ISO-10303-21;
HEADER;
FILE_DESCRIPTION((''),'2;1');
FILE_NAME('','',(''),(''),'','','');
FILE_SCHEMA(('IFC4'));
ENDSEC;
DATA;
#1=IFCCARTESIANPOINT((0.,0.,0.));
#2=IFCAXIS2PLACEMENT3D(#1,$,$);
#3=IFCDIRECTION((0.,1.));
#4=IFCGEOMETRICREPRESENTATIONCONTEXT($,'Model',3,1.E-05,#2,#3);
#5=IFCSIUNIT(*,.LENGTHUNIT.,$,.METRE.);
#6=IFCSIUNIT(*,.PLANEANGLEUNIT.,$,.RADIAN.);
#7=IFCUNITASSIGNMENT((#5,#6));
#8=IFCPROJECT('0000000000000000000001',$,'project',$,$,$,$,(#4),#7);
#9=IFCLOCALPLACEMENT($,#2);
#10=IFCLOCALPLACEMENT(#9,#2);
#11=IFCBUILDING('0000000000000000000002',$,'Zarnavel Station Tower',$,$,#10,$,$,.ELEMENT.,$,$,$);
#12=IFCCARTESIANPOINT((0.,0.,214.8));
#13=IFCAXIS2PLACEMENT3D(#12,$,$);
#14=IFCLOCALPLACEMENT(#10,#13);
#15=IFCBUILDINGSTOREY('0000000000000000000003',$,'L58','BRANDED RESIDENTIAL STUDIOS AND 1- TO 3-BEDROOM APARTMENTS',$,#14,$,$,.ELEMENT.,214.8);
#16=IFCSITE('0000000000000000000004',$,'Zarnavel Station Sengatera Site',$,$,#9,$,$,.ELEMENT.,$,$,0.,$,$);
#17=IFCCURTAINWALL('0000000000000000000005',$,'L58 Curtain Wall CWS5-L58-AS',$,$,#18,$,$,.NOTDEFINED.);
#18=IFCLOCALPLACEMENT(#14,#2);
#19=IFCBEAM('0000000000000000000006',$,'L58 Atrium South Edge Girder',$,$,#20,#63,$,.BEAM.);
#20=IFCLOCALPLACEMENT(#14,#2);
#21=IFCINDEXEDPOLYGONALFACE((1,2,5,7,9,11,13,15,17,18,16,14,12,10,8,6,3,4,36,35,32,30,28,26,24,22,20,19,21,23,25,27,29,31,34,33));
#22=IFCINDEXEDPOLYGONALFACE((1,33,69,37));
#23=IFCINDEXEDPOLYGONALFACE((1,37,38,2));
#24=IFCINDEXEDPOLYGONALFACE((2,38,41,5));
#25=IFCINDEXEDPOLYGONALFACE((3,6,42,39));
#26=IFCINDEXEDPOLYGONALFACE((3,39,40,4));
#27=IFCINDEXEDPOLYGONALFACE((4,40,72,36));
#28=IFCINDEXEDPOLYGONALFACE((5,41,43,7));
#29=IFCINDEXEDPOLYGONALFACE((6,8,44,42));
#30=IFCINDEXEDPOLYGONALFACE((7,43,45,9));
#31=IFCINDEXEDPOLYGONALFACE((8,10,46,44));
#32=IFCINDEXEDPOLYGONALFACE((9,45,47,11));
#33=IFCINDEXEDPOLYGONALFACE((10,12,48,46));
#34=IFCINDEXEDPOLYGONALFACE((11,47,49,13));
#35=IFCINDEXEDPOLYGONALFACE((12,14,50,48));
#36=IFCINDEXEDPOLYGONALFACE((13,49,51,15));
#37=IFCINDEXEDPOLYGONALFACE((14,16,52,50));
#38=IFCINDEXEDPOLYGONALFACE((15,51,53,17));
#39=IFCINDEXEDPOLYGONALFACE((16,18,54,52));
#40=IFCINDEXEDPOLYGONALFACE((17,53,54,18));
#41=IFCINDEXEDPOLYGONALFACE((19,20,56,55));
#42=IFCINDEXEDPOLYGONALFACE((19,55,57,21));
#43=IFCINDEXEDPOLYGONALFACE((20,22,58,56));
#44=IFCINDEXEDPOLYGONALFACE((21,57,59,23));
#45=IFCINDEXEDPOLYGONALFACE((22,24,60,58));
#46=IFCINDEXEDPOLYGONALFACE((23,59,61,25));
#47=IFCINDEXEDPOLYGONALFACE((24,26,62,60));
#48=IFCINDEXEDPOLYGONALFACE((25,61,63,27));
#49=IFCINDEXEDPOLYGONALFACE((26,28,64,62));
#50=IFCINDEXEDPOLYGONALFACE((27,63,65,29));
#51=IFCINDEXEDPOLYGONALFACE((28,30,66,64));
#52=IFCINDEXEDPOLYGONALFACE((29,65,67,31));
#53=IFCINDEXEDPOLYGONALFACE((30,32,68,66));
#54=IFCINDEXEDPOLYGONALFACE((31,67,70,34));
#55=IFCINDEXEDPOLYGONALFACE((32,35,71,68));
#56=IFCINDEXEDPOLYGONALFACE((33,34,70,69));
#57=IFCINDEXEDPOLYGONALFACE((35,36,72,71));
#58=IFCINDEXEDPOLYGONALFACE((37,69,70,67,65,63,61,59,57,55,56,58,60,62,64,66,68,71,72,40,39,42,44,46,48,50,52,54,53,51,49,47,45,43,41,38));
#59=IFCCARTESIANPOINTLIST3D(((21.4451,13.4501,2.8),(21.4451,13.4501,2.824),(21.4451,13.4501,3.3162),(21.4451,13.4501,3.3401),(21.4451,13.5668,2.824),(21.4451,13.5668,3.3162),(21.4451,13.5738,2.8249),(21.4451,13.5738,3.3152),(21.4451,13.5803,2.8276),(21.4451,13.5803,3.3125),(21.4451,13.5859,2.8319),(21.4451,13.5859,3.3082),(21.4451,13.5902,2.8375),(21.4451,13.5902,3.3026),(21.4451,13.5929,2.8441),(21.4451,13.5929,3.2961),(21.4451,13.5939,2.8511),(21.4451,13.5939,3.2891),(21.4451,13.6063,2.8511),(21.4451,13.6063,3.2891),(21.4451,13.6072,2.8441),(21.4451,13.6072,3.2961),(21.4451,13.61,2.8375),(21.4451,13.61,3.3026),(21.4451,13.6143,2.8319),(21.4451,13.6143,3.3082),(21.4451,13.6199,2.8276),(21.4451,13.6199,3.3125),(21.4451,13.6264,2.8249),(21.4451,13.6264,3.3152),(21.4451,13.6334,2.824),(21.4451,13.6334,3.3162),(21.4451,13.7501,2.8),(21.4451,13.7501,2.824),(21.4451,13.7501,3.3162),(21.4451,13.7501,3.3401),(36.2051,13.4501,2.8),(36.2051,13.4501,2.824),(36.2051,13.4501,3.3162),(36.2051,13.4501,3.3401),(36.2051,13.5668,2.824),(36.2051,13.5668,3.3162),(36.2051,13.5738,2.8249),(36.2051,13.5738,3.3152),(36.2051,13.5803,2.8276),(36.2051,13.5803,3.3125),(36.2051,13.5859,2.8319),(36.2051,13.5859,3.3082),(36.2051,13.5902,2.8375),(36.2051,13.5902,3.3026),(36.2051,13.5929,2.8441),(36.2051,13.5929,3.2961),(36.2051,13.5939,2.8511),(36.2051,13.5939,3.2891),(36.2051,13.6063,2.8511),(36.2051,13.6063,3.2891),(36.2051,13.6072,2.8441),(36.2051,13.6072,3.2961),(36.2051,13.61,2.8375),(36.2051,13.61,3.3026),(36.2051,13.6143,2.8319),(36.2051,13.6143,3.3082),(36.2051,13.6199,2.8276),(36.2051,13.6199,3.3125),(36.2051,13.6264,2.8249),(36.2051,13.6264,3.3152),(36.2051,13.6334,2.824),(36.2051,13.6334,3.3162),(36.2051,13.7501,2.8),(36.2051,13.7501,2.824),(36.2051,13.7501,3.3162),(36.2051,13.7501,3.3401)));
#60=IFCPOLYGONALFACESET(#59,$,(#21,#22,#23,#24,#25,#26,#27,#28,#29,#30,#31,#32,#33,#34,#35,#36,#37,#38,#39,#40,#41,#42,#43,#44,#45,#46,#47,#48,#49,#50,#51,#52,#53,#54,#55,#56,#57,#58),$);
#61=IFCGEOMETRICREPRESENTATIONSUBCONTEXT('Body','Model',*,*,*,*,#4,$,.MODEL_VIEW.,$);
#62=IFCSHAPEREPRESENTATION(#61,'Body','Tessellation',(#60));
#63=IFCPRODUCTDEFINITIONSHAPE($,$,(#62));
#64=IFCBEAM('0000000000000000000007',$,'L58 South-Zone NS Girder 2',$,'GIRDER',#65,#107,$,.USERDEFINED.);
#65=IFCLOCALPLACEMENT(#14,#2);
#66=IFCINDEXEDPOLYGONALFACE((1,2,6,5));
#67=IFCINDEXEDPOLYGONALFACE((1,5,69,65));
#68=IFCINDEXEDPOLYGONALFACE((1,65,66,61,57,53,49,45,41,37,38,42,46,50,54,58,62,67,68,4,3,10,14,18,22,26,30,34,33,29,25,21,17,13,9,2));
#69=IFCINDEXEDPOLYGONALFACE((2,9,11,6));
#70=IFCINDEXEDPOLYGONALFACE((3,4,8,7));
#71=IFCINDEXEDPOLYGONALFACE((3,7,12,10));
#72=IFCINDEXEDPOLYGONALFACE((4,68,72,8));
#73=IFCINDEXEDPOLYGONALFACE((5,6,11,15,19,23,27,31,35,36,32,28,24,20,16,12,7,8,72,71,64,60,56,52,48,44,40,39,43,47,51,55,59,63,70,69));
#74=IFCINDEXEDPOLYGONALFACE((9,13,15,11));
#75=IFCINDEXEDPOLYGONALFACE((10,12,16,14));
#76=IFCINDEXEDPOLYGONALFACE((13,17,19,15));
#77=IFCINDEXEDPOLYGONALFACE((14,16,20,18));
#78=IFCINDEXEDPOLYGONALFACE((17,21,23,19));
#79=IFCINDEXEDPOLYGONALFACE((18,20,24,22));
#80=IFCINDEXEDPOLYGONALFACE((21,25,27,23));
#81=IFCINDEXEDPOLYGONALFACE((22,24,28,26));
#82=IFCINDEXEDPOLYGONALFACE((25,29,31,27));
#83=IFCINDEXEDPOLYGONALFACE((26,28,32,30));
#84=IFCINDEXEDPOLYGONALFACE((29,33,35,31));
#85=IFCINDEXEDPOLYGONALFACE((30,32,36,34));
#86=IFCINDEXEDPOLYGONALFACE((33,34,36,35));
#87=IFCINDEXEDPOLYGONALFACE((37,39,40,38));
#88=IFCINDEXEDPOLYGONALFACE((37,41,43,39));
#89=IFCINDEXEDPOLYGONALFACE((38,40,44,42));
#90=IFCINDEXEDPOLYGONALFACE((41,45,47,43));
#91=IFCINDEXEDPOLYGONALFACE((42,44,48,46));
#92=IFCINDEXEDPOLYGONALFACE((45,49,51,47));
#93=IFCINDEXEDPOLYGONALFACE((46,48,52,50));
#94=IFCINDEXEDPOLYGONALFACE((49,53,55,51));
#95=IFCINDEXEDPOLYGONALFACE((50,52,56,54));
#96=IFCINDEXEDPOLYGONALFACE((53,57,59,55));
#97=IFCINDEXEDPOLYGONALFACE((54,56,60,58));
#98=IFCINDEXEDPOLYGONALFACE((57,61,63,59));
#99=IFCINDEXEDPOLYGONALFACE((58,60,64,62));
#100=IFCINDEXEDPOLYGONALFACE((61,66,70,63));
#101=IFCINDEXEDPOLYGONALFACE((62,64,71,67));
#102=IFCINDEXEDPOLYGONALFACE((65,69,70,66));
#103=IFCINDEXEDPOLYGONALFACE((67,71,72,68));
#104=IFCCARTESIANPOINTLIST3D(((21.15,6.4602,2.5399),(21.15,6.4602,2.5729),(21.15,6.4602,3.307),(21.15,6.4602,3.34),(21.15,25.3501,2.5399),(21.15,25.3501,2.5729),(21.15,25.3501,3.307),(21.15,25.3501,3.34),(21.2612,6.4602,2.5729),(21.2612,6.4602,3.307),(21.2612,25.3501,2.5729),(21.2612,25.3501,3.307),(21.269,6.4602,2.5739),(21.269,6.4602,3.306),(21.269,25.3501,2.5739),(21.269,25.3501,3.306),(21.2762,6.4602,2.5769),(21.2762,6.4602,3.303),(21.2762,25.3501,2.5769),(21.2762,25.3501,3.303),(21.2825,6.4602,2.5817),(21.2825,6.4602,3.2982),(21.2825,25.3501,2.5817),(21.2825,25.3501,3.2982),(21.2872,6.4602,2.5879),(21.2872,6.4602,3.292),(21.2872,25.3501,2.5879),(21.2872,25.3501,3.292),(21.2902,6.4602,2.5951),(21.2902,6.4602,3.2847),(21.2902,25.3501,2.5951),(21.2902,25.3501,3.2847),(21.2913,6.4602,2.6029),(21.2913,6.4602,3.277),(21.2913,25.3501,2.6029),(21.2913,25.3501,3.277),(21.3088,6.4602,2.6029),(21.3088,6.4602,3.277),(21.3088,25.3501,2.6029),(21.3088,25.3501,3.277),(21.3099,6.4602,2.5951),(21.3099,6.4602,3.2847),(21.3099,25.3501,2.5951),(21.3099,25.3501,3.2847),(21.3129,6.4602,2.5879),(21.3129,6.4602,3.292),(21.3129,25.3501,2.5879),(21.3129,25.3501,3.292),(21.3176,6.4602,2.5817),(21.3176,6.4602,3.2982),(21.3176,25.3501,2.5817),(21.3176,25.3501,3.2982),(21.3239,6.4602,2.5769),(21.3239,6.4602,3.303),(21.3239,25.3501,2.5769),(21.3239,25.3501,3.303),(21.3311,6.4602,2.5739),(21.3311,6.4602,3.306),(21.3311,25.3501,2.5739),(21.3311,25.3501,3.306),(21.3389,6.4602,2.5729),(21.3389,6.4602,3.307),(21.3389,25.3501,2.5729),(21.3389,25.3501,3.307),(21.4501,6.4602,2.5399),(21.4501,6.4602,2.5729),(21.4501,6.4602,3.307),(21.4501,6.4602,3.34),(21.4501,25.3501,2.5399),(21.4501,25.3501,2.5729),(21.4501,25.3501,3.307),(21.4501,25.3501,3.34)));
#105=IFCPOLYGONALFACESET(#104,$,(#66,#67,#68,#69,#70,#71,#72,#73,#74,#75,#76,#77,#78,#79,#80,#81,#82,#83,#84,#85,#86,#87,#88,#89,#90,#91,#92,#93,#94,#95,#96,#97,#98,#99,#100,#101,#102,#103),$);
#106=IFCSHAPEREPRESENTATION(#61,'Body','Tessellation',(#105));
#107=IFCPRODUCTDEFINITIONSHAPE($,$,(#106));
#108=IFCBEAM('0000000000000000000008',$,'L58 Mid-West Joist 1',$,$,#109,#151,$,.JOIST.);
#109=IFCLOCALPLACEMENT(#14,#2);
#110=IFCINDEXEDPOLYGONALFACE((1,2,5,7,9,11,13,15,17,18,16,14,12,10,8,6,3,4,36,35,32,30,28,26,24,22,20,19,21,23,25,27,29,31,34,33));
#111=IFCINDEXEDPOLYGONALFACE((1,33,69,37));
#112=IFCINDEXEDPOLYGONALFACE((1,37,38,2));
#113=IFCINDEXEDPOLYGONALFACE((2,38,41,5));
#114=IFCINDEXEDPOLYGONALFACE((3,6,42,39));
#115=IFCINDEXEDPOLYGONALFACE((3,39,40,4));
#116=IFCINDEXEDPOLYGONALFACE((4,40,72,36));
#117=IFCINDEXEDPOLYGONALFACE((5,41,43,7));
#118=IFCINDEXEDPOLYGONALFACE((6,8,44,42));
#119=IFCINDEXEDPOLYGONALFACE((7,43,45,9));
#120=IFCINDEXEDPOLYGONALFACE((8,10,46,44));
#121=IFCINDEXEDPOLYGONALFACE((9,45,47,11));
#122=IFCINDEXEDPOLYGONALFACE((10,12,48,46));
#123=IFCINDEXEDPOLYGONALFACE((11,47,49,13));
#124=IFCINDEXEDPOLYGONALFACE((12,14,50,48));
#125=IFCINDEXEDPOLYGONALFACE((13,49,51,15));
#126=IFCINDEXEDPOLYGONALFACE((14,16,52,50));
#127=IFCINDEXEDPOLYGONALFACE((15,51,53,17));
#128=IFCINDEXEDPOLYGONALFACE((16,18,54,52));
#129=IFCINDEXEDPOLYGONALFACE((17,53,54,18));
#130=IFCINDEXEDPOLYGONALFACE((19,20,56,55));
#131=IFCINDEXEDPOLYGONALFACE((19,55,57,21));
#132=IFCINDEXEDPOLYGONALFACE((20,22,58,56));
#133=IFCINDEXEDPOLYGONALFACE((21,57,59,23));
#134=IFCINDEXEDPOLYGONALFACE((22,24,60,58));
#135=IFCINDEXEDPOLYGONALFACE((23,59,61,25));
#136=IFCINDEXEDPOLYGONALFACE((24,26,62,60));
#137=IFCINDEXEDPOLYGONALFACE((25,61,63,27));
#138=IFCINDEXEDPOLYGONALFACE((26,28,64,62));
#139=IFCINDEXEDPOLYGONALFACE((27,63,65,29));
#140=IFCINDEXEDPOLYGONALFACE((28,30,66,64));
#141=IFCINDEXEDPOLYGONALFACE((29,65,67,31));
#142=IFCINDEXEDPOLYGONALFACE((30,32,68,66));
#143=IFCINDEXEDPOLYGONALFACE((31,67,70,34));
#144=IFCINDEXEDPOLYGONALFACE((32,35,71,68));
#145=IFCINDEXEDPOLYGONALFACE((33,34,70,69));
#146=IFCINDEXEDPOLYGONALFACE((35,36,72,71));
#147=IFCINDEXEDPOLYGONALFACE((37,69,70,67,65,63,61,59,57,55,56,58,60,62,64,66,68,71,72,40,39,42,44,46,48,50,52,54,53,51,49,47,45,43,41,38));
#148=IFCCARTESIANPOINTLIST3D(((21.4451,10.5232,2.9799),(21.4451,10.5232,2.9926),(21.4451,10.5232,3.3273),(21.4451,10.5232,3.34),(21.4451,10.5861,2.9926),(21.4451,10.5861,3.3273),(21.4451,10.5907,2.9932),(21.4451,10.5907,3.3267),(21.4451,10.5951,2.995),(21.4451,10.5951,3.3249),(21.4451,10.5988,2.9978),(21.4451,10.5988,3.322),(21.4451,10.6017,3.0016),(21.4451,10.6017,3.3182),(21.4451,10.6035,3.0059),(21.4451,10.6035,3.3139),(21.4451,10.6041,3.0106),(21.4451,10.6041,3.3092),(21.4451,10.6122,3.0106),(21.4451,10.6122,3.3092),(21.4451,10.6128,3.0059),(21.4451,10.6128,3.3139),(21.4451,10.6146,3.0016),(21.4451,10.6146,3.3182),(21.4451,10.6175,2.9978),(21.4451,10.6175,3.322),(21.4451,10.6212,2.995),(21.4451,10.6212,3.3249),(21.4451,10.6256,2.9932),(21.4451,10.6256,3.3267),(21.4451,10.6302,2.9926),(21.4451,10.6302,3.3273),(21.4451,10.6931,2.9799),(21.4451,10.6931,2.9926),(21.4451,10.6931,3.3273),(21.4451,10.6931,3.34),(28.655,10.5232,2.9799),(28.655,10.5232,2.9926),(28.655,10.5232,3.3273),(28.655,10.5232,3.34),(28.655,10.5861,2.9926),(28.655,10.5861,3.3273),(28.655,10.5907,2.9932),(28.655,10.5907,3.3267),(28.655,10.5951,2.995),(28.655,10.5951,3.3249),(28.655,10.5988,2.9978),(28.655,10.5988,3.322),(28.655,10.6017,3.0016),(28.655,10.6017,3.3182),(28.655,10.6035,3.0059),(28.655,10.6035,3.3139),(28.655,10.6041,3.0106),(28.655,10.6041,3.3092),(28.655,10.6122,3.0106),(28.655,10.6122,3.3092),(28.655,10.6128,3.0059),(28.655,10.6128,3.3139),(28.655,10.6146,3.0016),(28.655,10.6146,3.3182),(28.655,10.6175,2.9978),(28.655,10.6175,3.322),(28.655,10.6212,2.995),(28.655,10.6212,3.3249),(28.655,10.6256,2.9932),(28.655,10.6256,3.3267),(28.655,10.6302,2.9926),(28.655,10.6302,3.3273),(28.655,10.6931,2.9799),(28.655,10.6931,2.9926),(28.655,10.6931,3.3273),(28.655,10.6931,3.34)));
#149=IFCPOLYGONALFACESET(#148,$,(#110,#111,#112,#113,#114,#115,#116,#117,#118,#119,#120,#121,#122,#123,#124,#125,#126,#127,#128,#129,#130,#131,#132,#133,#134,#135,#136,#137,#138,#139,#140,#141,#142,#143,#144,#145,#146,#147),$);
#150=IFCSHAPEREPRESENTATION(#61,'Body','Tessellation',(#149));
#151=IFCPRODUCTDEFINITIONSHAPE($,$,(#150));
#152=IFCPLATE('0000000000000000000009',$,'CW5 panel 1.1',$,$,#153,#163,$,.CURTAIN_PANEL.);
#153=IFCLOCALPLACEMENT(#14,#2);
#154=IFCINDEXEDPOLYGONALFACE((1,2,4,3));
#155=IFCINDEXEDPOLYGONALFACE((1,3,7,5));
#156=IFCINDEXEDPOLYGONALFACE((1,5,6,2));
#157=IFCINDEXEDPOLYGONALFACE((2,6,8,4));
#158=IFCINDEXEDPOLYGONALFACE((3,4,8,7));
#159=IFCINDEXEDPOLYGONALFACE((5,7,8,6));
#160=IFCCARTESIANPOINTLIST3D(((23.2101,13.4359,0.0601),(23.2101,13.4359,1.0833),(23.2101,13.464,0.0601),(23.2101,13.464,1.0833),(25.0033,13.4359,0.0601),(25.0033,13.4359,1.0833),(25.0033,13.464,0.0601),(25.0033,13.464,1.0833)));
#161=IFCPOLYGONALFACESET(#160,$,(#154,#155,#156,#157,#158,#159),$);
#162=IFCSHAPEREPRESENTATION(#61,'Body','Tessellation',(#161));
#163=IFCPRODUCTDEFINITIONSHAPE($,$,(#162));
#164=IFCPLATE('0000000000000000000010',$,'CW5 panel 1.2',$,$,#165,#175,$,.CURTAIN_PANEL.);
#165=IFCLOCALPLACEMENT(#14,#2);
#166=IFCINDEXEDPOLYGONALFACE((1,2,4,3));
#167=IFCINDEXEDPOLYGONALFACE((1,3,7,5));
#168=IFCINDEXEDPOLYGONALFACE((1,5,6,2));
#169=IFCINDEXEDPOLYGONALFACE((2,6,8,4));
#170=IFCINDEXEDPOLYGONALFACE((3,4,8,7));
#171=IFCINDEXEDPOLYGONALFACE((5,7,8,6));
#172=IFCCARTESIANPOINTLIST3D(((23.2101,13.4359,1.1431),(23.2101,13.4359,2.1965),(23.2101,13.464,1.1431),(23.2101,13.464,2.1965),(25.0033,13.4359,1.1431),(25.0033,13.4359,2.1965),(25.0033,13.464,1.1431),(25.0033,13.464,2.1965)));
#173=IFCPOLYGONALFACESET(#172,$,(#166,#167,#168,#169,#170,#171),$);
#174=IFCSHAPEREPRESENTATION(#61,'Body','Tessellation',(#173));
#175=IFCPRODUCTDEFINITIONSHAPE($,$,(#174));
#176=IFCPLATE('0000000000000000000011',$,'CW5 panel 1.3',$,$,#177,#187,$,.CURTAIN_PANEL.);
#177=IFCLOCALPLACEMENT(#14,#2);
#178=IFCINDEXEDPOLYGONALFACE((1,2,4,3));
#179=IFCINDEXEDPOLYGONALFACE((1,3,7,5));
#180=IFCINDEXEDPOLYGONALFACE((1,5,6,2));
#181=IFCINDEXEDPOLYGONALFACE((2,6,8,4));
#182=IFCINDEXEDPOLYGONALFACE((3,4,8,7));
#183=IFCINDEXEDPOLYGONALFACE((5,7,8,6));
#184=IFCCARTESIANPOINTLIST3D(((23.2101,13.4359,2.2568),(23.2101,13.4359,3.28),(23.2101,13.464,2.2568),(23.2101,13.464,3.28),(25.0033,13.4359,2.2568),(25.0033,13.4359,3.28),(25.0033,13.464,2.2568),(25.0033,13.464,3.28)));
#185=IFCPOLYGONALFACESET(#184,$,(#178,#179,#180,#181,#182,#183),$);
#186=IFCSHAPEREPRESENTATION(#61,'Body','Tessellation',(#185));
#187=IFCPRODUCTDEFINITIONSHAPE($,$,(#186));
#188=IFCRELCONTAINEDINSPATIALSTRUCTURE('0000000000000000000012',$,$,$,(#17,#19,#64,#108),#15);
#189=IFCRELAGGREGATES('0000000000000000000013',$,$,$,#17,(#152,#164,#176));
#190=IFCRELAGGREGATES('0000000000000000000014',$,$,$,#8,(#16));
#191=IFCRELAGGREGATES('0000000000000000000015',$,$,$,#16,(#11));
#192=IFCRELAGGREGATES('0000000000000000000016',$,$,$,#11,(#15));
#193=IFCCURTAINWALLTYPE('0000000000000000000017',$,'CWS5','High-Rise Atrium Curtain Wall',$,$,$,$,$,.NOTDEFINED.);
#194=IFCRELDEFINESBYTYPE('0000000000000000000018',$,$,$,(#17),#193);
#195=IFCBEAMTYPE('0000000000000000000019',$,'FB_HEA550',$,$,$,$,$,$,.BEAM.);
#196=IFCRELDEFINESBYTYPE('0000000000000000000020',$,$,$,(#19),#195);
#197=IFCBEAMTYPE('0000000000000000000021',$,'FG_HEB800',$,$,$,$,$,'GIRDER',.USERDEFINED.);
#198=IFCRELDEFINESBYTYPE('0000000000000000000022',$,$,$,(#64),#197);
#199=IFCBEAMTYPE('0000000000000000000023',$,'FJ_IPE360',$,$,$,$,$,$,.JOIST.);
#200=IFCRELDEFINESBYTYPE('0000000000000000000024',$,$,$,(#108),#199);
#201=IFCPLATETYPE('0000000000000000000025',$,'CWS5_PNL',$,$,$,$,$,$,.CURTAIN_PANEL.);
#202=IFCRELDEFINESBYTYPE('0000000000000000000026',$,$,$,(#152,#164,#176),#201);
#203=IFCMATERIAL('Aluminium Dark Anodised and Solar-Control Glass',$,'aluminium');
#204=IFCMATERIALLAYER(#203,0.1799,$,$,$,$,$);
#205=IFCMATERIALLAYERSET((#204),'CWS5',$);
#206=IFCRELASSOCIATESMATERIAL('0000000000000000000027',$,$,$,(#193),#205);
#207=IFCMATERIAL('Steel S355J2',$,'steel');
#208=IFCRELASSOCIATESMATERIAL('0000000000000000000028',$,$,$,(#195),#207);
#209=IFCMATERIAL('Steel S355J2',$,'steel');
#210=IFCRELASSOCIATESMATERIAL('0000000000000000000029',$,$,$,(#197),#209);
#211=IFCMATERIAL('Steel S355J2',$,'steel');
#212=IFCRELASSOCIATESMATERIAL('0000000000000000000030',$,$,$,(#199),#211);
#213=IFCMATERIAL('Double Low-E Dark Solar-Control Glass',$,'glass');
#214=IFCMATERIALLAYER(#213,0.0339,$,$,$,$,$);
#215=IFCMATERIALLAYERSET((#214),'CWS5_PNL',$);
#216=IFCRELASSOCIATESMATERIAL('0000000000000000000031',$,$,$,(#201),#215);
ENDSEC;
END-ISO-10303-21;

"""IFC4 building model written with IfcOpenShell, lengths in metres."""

from ifc_helpers import new_model, si_unit, direction, frame, origin, origin_2d, place, context, subcontext, project, spatial, rectangle, i_section, extrude, material, layer, layer_set, material_profile, profile_set, type_object, element, aggregate, save


model = new_model("IFC4")

# Units and contexts
model_context = context("Model", 3, precision=1e-05, world=origin(), true_north=direction((0.0, 1.0)))
body_context = subcontext(model_context, "Body", "Model", "MODEL_VIEW")
ifc_project = project(units=[si_unit("LENGTHUNIT", "METRE"), si_unit("PLANEANGLEUNIT", "RADIAN")], contexts=[model_context])

# Site, building, storey
site_placement = place(None, origin())
site = spatial("IfcSite", under=ifc_project, at=site_placement, Name="Zarnavel Station Sengatera Site", CompositionType="ELEMENT", RefElevation=0.0)
building_placement = place(site_placement, origin())
building = spatial("IfcBuilding", under=site, at=building_placement, Name="Zarnavel Station Tower", CompositionType="ELEMENT")
storey_placement = place(building_placement, frame((0.0, 0.0, 214.8)))
storey = spatial("IfcBuildingStorey", under=building, at=storey_placement, Name="L58", Description="BRANDED RESIDENTIAL STUDIOS AND 1- TO 3-BEDROOM APARTMENTS", CompositionType="ELEMENT", Elevation=214.8)

# Curtain wall
ifc_material_1 = material(Name="Aluminium Dark Anodised and Solar-Control Glass", Category="aluminium")
ifc_layer_1 = layer(ifc_material_1, 0.1799)
ifc_layer_set_1 = layer_set([ifc_layer_1], Name="CWS5")
curtain_wall_type_1 = type_object("IfcCurtainWallType", Name="CWS5", Description="High-Rise Atrium Curtain Wall", PredefinedType="NOTDEFINED", material=ifc_layer_set_1)
curtain_wall_1_placement = place(storey_placement, origin())
curtain_wall_1 = element("IfcCurtainWall", 1, at=curtain_wall_1_placement, inside=storey, type_object=curtain_wall_type_1, Name="L58 Curtain Wall CWS5-L58-AS", PredefinedType="NOTDEFINED")

# Beams
ifc_material_2 = material(Name="Steel S355J2", Category="steel")
ifc_material_profile_1 = material_profile(ifc_material_2, i_section(OverallWidth=0.3, OverallDepth=0.54, WebThickness=0.0125, FlangeThickness=0.0239, FilletRadius=0.0271, at=origin_2d()), Name="HEA550")
ifc_profile_set_1 = profile_set([ifc_material_profile_1], Name="Steel S355J2")
beam_type_1 = type_object("IfcBeamType", Name="FB_HEA550", PredefinedType="BEAM", material=ifc_profile_set_1)
beam_1_placement = place(storey_placement, frame((21.4451, 13.6001, 3.0701), z_axis=(1.0, 0.0, 0.0), x_axis=(0.0, 1.0, 0.0)))
element("IfcBeam", 2, at=beam_1_placement, inside=storey, type_object=beam_type_1, Name="L58 Atrium South Edge Girder", PredefinedType="BEAM", context=body_context, shape_type="SweptSolid", body=[
    extrude(i_section(OverallWidth=0.3, OverallDepth=0.54, WebThickness=0.0125, FlangeThickness=0.0239, FilletRadius=0.0271, at=origin_2d()), origin(), (0.0, 0.0, 1.0), 14.76),
])
ifc_material_3 = material(Name="Steel S355J2", Category="steel")
ifc_material_profile_2 = material_profile(ifc_material_3, i_section(OverallWidth=0.3, OverallDepth=0.8, WebThickness=0.0176, FlangeThickness=0.033, FilletRadius=0.03, at=origin_2d()), Name="HEB800")
ifc_profile_set_2 = profile_set([ifc_material_profile_2], Name="Steel S355J2")
beam_type_2 = type_object("IfcBeamType", Name="FG_HEB800", ElementType="GIRDER", PredefinedType="USERDEFINED", material=ifc_profile_set_2)
beam_2_placement = place(storey_placement, frame((21.3, 6.4602, 2.9399), z_axis=(0.0, 1.0, 0.0), x_axis=(-1.0, 0.0, 0.0)))
element("IfcBeam", 3, at=beam_2_placement, inside=storey, type_object=beam_type_2, Name="L58 South-Zone NS Girder 2", ObjectType="GIRDER", PredefinedType="USERDEFINED", context=body_context, shape_type="SweptSolid", body=[
    extrude(i_section(OverallWidth=0.3, OverallDepth=0.8, WebThickness=0.0176, FlangeThickness=0.033, FilletRadius=0.03, at=origin_2d()), origin(), (0.0, 0.0, 1.0), 18.8899),
])
ifc_material_4 = material(Name="Steel S355J2", Category="steel")
ifc_material_profile_3 = material_profile(ifc_material_4, i_section(OverallWidth=0.1699, OverallDepth=0.3601, WebThickness=0.0081, FlangeThickness=0.0127, FilletRadius=0.0181, at=origin_2d()), Name="IPE360")
ifc_profile_set_3 = profile_set([ifc_material_profile_3], Name="Steel S355J2")
beam_type_3 = type_object("IfcBeamType", Name="FJ_IPE360", PredefinedType="JOIST", material=ifc_profile_set_3)
beam_3_placement = place(storey_placement, frame((21.4451, 10.6082, 3.1599), z_axis=(1.0, 0.0, 0.0), x_axis=(0.0, 1.0, 0.0)))
element("IfcBeam", 4, at=beam_3_placement, inside=storey, type_object=beam_type_3, Name="L58 Mid-West Joist 1", PredefinedType="JOIST", context=body_context, shape_type="SweptSolid", body=[
    extrude(i_section(OverallWidth=0.1699, OverallDepth=0.3601, WebThickness=0.0081, FlangeThickness=0.0127, FilletRadius=0.0181, at=origin_2d()), origin(), (0.0, 0.0, 1.0), 7.21),
])

# Plates
ifc_material_5 = material(Name="Double Low-E Dark Solar-Control Glass", Category="glass")
ifc_layer_2 = layer(ifc_material_5, 0.0339)
ifc_layer_set_2 = layer_set([ifc_layer_2], Name="CWS5_PNL")
plate_type_1 = type_object("IfcPlateType", Name="CWS5_PNL", PredefinedType="CURTAIN_PANEL", material=ifc_layer_set_2)
plate_1_placement = place(storey_placement, frame((24.1067, 13.45, 0.0601), z_axis=(0.0, 0.0, 1.0), x_axis=(1.0, 0.0, 0.0)))
plate_1 = element("IfcPlate", 5, at=plate_1_placement, type_object=plate_type_1, Name="CW5 panel 1.1", PredefinedType="CURTAIN_PANEL", context=body_context, shape_type="SweptSolid", body=[
    extrude(rectangle(XDim=1.7932, YDim=0.0281, at=origin_2d()), origin(), (0.0, 0.0, 1.0), 1.0232),
])
plate_2_placement = place(storey_placement, frame((24.1067, 13.45, 1.1431), z_axis=(0.0, 0.0, 1.0), x_axis=(1.0, 0.0, 0.0)))
plate_2 = element("IfcPlate", 6, at=plate_2_placement, type_object=plate_type_1, Name="CW5 panel 1.2", PredefinedType="CURTAIN_PANEL", context=body_context, shape_type="SweptSolid", body=[
    extrude(rectangle(XDim=1.7932, YDim=0.0281, at=origin_2d()), origin(), (0.0, 0.0, 1.0), 1.0535),
])
plate_3_placement = place(storey_placement, frame((24.1067, 13.45, 2.2568), z_axis=(0.0, 0.0, 1.0), x_axis=(1.0, 0.0, 0.0)))
plate_3 = element("IfcPlate", 7, at=plate_3_placement, type_object=plate_type_1, Name="CW5 panel 1.3", PredefinedType="CURTAIN_PANEL", context=body_context, shape_type="SweptSolid", body=[
    extrude(rectangle(XDim=1.7932, YDim=0.0281, at=origin_2d()), origin(), (0.0, 0.0, 1.0), 1.0232),
])
aggregate(curtain_wall_1, [plate_1, plate_2, plate_3])

save(model, "model.ifc")
